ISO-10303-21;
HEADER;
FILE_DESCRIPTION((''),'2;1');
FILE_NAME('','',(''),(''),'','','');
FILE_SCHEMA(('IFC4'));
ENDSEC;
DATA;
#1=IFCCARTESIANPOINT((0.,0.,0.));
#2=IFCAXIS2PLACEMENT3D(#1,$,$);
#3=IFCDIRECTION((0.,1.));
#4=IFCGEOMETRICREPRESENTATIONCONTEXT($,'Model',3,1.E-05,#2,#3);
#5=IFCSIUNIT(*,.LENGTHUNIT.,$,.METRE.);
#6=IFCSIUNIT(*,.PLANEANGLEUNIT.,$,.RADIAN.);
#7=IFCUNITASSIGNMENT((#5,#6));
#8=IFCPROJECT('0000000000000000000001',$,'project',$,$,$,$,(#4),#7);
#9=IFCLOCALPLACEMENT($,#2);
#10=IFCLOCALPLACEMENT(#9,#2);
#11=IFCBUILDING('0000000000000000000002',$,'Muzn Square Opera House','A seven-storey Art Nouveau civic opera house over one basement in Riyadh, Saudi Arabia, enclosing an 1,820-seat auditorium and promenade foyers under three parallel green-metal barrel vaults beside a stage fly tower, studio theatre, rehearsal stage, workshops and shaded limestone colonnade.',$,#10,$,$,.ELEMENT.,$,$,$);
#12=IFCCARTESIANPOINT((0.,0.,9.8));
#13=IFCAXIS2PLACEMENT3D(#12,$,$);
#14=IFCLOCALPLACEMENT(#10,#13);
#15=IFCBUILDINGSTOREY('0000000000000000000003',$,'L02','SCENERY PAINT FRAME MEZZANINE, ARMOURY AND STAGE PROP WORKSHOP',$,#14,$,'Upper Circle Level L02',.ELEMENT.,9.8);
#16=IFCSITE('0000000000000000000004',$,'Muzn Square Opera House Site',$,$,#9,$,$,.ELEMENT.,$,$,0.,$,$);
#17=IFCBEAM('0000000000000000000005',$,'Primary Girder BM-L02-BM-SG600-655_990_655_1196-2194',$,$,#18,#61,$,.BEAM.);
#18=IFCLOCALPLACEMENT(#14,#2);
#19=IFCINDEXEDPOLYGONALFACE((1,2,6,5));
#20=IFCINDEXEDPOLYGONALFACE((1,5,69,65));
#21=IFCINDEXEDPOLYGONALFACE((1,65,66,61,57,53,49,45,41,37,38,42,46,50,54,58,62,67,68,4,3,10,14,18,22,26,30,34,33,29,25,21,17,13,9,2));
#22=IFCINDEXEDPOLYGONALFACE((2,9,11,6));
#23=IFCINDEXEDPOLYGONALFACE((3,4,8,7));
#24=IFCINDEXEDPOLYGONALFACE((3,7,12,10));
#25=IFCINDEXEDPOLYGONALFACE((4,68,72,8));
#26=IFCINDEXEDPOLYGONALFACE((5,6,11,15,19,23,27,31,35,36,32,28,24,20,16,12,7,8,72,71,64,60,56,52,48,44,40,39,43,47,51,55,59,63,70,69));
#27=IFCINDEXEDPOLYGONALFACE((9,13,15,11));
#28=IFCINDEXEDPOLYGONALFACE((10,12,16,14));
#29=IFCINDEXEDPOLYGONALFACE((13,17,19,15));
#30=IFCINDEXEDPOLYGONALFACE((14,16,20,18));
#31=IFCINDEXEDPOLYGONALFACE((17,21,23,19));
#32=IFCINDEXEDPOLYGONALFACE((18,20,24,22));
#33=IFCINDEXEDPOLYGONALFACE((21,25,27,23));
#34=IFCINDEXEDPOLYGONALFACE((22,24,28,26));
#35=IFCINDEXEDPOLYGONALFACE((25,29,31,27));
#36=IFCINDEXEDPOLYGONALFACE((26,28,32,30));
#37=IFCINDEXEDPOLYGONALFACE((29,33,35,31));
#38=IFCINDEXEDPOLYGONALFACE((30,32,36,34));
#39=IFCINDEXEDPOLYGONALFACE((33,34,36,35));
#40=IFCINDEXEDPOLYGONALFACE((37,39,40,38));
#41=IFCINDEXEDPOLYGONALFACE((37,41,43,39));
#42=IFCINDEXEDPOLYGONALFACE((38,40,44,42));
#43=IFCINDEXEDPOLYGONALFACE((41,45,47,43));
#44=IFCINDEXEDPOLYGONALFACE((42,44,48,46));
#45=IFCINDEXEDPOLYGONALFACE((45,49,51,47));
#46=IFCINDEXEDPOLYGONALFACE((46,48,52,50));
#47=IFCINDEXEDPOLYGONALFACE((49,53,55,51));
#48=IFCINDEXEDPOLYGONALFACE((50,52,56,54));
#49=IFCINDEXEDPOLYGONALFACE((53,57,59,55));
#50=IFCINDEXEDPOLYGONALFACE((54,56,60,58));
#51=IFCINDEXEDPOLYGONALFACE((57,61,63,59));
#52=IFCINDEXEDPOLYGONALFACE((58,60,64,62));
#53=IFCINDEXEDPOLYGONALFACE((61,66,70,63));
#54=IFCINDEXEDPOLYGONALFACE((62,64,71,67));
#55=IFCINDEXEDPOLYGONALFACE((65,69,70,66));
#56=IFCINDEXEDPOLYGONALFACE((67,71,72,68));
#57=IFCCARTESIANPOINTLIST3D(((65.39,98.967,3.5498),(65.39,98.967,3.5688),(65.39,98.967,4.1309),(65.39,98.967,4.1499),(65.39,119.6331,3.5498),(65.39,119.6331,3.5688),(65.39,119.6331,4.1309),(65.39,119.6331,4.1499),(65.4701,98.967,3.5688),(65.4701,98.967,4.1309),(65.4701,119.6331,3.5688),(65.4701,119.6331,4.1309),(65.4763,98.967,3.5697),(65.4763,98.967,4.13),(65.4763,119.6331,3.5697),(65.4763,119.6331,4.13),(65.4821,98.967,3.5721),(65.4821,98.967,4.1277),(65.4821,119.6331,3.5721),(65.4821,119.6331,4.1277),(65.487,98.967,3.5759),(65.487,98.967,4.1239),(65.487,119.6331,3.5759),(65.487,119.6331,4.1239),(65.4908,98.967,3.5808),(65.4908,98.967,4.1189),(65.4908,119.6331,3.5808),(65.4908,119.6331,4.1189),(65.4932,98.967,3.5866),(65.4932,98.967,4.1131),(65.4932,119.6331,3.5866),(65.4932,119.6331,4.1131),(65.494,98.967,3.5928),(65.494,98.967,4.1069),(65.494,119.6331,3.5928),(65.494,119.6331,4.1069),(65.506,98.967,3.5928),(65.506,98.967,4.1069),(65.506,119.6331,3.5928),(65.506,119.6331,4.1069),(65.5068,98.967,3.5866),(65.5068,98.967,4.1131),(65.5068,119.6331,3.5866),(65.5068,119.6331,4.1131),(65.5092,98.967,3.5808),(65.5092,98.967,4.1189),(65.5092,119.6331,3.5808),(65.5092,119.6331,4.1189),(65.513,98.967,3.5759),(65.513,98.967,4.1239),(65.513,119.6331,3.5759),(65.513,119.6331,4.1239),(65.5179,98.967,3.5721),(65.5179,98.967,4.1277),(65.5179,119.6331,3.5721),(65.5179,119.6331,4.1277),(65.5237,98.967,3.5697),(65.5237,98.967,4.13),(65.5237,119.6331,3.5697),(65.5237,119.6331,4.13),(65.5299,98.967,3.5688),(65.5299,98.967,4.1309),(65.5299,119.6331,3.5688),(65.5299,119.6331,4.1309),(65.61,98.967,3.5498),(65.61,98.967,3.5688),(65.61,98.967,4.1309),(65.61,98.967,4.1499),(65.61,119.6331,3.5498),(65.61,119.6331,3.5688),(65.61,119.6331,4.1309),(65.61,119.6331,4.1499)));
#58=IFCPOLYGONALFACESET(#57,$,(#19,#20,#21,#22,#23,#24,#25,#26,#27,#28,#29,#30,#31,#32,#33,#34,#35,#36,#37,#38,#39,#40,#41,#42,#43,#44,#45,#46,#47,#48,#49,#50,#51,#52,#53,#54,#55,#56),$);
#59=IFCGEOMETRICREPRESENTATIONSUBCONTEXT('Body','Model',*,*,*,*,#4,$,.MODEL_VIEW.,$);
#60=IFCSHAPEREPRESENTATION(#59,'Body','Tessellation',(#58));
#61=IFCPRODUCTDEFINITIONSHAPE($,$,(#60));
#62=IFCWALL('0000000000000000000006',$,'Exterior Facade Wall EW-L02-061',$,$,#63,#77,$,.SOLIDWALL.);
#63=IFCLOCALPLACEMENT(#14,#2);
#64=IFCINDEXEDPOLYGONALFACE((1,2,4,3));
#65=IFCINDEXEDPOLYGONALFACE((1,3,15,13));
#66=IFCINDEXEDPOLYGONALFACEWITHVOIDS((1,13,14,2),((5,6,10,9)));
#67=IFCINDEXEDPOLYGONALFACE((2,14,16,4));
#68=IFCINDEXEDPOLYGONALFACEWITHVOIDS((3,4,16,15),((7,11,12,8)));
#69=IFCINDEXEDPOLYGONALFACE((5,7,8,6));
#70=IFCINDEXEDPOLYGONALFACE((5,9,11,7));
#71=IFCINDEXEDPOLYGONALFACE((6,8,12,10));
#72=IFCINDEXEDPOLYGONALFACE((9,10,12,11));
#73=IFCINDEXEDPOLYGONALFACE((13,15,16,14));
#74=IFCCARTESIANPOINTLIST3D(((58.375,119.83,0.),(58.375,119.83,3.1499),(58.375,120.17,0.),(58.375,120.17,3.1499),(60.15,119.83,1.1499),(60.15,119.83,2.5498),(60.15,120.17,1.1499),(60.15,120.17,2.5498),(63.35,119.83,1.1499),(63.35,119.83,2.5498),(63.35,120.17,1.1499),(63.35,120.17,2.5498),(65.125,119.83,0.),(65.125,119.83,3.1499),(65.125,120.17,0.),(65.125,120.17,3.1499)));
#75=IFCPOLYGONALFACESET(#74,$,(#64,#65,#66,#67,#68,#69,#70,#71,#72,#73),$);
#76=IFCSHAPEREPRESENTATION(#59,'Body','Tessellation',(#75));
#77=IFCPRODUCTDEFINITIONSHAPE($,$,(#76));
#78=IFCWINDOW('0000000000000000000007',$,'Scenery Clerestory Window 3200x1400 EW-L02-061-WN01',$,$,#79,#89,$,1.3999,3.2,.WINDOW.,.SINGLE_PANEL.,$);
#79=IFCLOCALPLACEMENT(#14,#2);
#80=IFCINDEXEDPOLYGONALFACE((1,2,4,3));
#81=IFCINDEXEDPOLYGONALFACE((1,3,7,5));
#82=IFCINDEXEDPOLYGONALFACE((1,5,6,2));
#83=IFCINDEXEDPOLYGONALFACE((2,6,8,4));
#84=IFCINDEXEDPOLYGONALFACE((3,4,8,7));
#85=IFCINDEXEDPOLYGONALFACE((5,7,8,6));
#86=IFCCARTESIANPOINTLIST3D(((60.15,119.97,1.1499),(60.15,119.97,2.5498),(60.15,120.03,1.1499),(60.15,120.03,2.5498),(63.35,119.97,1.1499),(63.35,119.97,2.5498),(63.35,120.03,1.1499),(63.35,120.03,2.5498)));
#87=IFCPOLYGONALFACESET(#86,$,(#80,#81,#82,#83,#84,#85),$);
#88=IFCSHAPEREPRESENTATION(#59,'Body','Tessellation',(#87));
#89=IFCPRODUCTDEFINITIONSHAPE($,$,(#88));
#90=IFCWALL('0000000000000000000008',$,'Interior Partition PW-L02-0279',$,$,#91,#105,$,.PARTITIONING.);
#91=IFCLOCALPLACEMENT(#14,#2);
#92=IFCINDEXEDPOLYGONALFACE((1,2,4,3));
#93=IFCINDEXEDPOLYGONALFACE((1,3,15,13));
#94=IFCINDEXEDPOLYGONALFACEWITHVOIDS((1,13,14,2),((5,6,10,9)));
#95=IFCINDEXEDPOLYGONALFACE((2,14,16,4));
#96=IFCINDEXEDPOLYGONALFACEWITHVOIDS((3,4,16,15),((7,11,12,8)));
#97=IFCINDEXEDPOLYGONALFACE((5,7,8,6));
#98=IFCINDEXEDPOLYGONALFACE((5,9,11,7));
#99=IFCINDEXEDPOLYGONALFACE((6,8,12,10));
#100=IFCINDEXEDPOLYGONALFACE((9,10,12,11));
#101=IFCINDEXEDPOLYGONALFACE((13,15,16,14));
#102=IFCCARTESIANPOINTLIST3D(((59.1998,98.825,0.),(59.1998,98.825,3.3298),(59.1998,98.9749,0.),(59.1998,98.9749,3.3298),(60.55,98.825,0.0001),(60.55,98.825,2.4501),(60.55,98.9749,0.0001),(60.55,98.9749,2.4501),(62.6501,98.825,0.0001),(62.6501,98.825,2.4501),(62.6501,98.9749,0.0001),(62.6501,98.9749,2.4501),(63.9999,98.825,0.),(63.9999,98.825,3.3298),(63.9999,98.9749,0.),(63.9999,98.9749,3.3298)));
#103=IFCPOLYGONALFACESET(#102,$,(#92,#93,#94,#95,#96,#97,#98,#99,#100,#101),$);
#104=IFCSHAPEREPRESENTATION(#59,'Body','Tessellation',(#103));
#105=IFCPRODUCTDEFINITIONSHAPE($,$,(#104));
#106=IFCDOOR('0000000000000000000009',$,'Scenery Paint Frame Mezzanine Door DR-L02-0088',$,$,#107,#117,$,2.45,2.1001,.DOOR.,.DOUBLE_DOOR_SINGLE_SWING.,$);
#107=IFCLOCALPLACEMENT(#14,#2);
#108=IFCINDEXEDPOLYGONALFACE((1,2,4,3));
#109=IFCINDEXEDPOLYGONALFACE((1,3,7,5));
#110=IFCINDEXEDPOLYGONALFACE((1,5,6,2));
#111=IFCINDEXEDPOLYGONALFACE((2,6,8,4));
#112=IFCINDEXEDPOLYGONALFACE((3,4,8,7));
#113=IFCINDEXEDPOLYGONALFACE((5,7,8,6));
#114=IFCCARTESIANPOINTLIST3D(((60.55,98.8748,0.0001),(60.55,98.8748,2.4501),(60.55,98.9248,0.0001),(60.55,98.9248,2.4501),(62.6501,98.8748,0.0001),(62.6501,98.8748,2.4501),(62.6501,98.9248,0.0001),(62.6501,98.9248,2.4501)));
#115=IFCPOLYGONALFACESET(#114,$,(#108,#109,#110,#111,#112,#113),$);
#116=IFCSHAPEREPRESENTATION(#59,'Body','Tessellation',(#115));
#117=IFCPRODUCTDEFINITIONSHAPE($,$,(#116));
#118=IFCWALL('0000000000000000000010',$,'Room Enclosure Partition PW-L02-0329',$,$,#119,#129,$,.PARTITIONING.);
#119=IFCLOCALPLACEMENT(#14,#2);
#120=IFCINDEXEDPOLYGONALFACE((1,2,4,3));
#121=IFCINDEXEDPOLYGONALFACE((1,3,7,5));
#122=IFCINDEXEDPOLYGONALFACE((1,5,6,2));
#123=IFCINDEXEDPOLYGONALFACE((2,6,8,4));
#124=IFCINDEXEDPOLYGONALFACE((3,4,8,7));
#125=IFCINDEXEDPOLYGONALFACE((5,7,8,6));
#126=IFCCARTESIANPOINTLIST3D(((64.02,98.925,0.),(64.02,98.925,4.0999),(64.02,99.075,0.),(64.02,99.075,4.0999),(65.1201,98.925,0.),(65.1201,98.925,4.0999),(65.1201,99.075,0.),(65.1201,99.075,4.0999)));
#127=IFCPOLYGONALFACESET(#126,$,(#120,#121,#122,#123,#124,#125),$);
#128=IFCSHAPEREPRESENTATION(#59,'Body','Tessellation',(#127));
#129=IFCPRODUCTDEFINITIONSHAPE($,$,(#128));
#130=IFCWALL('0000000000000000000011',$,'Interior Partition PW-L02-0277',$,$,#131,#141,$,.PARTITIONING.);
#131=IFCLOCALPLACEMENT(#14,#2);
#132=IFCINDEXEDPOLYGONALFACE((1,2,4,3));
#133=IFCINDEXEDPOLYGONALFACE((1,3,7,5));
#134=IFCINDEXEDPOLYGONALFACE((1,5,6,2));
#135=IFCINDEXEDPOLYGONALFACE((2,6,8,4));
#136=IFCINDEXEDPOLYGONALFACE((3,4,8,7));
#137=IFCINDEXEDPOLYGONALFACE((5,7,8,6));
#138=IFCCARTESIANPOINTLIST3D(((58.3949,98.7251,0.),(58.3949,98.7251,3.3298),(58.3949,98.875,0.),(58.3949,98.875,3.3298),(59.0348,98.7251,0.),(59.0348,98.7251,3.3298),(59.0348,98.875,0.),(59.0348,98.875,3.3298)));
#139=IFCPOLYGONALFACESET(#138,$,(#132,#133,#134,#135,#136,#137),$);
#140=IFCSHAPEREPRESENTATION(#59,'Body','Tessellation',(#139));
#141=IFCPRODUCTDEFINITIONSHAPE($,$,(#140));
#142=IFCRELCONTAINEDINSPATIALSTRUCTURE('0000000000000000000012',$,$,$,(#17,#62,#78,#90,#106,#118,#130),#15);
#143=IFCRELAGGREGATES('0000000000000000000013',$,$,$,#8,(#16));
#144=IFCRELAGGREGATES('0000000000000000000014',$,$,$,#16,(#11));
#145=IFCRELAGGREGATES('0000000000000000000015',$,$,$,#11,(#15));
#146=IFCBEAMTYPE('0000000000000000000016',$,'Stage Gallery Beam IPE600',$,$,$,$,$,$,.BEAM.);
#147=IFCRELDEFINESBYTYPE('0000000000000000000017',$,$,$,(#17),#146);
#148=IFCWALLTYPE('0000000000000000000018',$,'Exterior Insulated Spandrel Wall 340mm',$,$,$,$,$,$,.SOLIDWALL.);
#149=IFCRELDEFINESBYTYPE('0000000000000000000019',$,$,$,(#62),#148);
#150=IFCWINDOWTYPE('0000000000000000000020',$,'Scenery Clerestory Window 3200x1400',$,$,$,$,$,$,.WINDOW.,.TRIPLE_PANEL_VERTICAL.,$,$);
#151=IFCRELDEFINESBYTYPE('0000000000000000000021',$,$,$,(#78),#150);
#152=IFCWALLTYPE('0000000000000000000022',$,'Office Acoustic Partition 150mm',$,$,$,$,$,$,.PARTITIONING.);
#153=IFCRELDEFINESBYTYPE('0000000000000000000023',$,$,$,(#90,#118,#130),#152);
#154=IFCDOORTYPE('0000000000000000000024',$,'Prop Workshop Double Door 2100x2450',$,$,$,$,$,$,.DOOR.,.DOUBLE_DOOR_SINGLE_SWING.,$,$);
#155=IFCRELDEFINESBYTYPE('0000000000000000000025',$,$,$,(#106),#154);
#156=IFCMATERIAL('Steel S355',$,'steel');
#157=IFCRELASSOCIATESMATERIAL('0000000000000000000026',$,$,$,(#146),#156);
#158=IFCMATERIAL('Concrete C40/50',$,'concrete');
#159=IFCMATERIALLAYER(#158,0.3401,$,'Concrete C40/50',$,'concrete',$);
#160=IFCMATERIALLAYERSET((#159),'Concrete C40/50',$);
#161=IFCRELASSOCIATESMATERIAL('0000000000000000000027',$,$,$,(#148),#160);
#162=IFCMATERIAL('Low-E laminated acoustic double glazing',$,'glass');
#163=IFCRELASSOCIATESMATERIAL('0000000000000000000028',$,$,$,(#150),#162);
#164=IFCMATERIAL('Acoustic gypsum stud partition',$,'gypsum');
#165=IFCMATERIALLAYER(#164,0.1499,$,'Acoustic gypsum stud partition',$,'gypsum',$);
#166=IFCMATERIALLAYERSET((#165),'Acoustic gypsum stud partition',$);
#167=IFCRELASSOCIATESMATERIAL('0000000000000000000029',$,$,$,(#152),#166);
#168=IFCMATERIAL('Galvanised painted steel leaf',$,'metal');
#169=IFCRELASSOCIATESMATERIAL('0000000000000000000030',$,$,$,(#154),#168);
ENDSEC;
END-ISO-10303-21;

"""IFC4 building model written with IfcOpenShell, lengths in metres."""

from ifc_helpers import new_model, si_unit, direction, frame, frame_2d, origin, origin_2d, place, context, subcontext, project, spatial, rectangle, i_section, extrude, material, layer, layer_set, material_profile, profile_set, type_object, element, fill, save


model = new_model("IFC4")

# Units and contexts
model_context = context("Model", 3, precision=1e-05, world=origin(), true_north=direction((0.0, 1.0)))
body_context = subcontext(model_context, "Body", "Model", "MODEL_VIEW")
ifc_project = project(units=[si_unit("LENGTHUNIT", "METRE"), si_unit("PLANEANGLEUNIT", "RADIAN")], contexts=[model_context])

# Site, building, storey
site_placement = place(None, origin())
site = spatial("IfcSite", under=ifc_project, at=site_placement, Name="Muzn Square Opera House Site", CompositionType="ELEMENT", RefElevation=0.0)
building_placement = place(site_placement, origin())
building = spatial("IfcBuilding", under=site, at=building_placement, Name="Muzn Square Opera House", Description="A seven-storey Art Nouveau civic opera house over one basement in Riyadh, Saudi Arabia, enclosing an 1,820-seat auditorium and promenade foyers under three parallel green-metal barrel vaults beside a stage fly tower, studio theatre, rehearsal stage, workshops and shaded limestone colonnade.", CompositionType="ELEMENT")
storey_placement = place(building_placement, frame((0.0, 0.0, 9.8)))
storey = spatial("IfcBuildingStorey", under=building, at=storey_placement, Name="L02", Description="SCENERY PAINT FRAME MEZZANINE, ARMOURY AND STAGE PROP WORKSHOP", LongName="Upper Circle Level L02", CompositionType="ELEMENT", Elevation=9.8)

# Beam
ifc_material_1 = material(Name="Concrete C40/50", Category="concrete")
ifc_material_2 = material(Name="Steel S355", Category="steel")
ifc_material_profile_1 = material_profile(ifc_material_2, i_section(OverallWidth=0.22, OverallDepth=0.6001, WebThickness=0.012, FlangeThickness=0.019, FilletRadius=0.0239, at=origin_2d()), Name="IPE 600", Category="steel")
ifc_profile_set_1 = profile_set([ifc_material_profile_1], Name="Steel S355")
beam_type_1 = type_object("IfcBeamType", Name="Stage Gallery Beam IPE600", PredefinedType="BEAM", material=ifc_profile_set_1)
for number, where, z_axis, x_axis, name in (
    (1, (65.5, 98.967, 3.8499), (0.0, 1.0, 0.0), (-1.0, 0.0, 0.0), "Primary Girder BM-L02-BM-SG600-655_990_655_1196-2194"),
):
    element("IfcBeam", number, at=place(storey_placement, frame(where, z_axis=z_axis, x_axis=x_axis)), inside=storey, type_object=beam_type_1, Name=name, PredefinedType="BEAM", context=body_context, shape_type="SweptSolid", body=[
        extrude(i_section(OverallWidth=0.22, OverallDepth=0.6001, WebThickness=0.012, FlangeThickness=0.019, FilletRadius=0.0239, at=origin_2d()), origin(), (0.0, 0.0, 1.0), 20.666),
    ])

# Wall, opening, window
ifc_layer_1 = layer(ifc_material_1, 0.3401, Name="Concrete C40/50", Category="concrete")
ifc_layer_set_1 = layer_set([ifc_layer_1], Name="Concrete C40/50")
wall_type_1 = type_object("IfcWallType", Name="Exterior Insulated Spandrel Wall 340mm", PredefinedType="SOLIDWALL", material=ifc_layer_set_1)
wall_1_placement = place(storey_placement, frame((58.375, 120.0, 0.0), z_axis=(0.0, 0.0, 1.0), x_axis=(1.0, 0.0, 0.0)))
wall_1 = element("IfcWall", 2, at=wall_1_placement, inside=storey, type_object=wall_type_1, Name="Exterior Facade Wall EW-L02-061", PredefinedType="SOLIDWALL", context=body_context, shape_type="SweptSolid", body=[
    extrude(rectangle(XDim=6.75, YDim=0.3401, at=frame_2d((3.375, 0.0))), origin(), (0.0, 0.0, 1.0), 3.1499),
])
opening_1_placement = place(wall_1_placement, frame((1.7749, 0.0, 1.1499)))
opening_1 = element("IfcOpeningElement", 3, at=opening_1_placement, cuts=wall_1, PredefinedType="OPENING", context=body_context, shape_type="SweptSolid", body=[
    extrude(rectangle(XDim=3.2, YDim=1.3999, at=frame_2d((1.6001, 0.7))), frame((0.0, 0.1799, 0.0), z_axis=(0.0, -1.0, 0.0), x_axis=(1.0, 0.0, 0.0)), (0.0, 0.0, 1.0), 0.3601),
])
ifc_material_3 = material(Name="Low-E laminated acoustic double glazing", Category="glass")
window_type = type_object("IfcWindowType", Name="Scenery Clerestory Window 3200x1400", PartitioningType="TRIPLE_PANEL_VERTICAL", PredefinedType="WINDOW", material=ifc_material_3)
window_placement = place(opening_1_placement, origin())
window = element("IfcWindow", 4, at=window_placement, inside=storey, type_object=window_type, Name="Scenery Clerestory Window 3200x1400 EW-L02-061-WN01", OverallHeight=1.3999, OverallWidth=3.2, PartitioningType="SINGLE_PANEL", PredefinedType="WINDOW", context=body_context, shape_type="SweptSolid", body=[
    extrude(rectangle(XDim=3.2, YDim=1.3999, at=frame_2d((1.6001, 0.7))), frame((0.0, 0.03, 0.0), z_axis=(0.0, -1.0, 0.0), x_axis=(1.0, 0.0, 0.0)), (0.0, 0.0, 1.0), 0.0601),
])
fill(opening_1, window)

# Wall, opening, door
ifc_material_4 = material(Name="Acoustic gypsum stud partition", Category="gypsum")
ifc_layer_2 = layer(ifc_material_4, 0.1499, Name="Acoustic gypsum stud partition", Category="gypsum")
ifc_layer_set_2 = layer_set([ifc_layer_2], Name="Acoustic gypsum stud partition")
wall_type_2 = type_object("IfcWallType", Name="Office Acoustic Partition 150mm", PredefinedType="PARTITIONING", material=ifc_layer_set_2)
wall_2_placement = place(storey_placement, frame((59.2, 98.8999, 0.0), z_axis=(0.0, 0.0, 1.0), x_axis=(1.0, 0.0, 0.0)))
wall_2 = element("IfcWall", 5, at=wall_2_placement, inside=storey, type_object=wall_type_2, Name="Interior Partition PW-L02-0279", PredefinedType="PARTITIONING", context=body_context, shape_type="SweptSolid", body=[
    extrude(rectangle(XDim=4.8, YDim=0.1499, at=frame_2d((2.3999, 0.0))), origin(), (0.0, 0.0, 1.0), 3.3298),
])
opening_2_placement = place(wall_2_placement, frame((1.3501, 0.0, 0.0)))
opening_2 = element("IfcOpeningElement", 6, at=opening_2_placement, cuts=wall_2, PredefinedType="OPENING", context=body_context, shape_type="SweptSolid", body=[
    extrude(rectangle(XDim=2.1001, YDim=2.45, at=frame_2d((1.05, 1.2251))), frame((0.0, 0.085, 0.0), z_axis=(0.0, -1.0, 0.0), x_axis=(1.0, 0.0, 0.0)), (0.0, 0.0, 1.0), 0.1699),
])
ifc_material_5 = material(Name="Galvanised painted steel leaf", Category="metal")
door_type = type_object("IfcDoorType", Name="Prop Workshop Double Door 2100x2450", OperationType="DOUBLE_DOOR_SINGLE_SWING", PredefinedType="DOOR", material=ifc_material_5)
door_placement = place(opening_2_placement, origin())
door = element("IfcDoor", 7, at=door_placement, inside=storey, type_object=door_type, Name="Scenery Paint Frame Mezzanine Door DR-L02-0088", OperationType="DOUBLE_DOOR_SINGLE_SWING", OverallHeight=2.45, OverallWidth=2.1001, PredefinedType="DOOR", context=body_context, shape_type="SweptSolid", body=[
    extrude(rectangle(XDim=2.1001, YDim=2.45, at=frame_2d((1.05, 1.2251))), frame((0.0, 0.0249, 0.0), z_axis=(0.0, -1.0, 0.0), x_axis=(1.0, 0.0, 0.0)), (0.0, 0.0, 1.0), 0.05),
])
fill(opening_2, door)

# Walls
wall_3_placement = place(storey_placement, frame((64.02, 99.0, 0.0), z_axis=(0.0, 0.0, 1.0), x_axis=(1.0, 0.0, 0.0)))
element("IfcWall", 8, at=wall_3_placement, inside=storey, type_object=wall_type_2, Name="Room Enclosure Partition PW-L02-0329", PredefinedType="PARTITIONING", context=body_context, shape_type="SweptSolid", body=[
    extrude(rectangle(XDim=1.1001, YDim=0.1499, at=frame_2d((0.55, 0.0))), origin(), (0.0, 0.0, 1.0), 4.0999),
])
wall_4_placement = place(storey_placement, frame((58.395, 98.8, 0.0), z_axis=(0.0, 0.0, 1.0), x_axis=(1.0, 0.0, 0.0)))
element("IfcWall", 9, at=wall_4_placement, inside=storey, type_object=wall_type_2, Name="Interior Partition PW-L02-0277", PredefinedType="PARTITIONING", context=body_context, shape_type="SweptSolid", body=[
    extrude(rectangle(XDim=0.6399, YDim=0.1499, at=frame_2d((0.3198, 0.0))), origin(), (0.0, 0.0, 1.0), 3.3298),
])

save(model, "model.ifc")
